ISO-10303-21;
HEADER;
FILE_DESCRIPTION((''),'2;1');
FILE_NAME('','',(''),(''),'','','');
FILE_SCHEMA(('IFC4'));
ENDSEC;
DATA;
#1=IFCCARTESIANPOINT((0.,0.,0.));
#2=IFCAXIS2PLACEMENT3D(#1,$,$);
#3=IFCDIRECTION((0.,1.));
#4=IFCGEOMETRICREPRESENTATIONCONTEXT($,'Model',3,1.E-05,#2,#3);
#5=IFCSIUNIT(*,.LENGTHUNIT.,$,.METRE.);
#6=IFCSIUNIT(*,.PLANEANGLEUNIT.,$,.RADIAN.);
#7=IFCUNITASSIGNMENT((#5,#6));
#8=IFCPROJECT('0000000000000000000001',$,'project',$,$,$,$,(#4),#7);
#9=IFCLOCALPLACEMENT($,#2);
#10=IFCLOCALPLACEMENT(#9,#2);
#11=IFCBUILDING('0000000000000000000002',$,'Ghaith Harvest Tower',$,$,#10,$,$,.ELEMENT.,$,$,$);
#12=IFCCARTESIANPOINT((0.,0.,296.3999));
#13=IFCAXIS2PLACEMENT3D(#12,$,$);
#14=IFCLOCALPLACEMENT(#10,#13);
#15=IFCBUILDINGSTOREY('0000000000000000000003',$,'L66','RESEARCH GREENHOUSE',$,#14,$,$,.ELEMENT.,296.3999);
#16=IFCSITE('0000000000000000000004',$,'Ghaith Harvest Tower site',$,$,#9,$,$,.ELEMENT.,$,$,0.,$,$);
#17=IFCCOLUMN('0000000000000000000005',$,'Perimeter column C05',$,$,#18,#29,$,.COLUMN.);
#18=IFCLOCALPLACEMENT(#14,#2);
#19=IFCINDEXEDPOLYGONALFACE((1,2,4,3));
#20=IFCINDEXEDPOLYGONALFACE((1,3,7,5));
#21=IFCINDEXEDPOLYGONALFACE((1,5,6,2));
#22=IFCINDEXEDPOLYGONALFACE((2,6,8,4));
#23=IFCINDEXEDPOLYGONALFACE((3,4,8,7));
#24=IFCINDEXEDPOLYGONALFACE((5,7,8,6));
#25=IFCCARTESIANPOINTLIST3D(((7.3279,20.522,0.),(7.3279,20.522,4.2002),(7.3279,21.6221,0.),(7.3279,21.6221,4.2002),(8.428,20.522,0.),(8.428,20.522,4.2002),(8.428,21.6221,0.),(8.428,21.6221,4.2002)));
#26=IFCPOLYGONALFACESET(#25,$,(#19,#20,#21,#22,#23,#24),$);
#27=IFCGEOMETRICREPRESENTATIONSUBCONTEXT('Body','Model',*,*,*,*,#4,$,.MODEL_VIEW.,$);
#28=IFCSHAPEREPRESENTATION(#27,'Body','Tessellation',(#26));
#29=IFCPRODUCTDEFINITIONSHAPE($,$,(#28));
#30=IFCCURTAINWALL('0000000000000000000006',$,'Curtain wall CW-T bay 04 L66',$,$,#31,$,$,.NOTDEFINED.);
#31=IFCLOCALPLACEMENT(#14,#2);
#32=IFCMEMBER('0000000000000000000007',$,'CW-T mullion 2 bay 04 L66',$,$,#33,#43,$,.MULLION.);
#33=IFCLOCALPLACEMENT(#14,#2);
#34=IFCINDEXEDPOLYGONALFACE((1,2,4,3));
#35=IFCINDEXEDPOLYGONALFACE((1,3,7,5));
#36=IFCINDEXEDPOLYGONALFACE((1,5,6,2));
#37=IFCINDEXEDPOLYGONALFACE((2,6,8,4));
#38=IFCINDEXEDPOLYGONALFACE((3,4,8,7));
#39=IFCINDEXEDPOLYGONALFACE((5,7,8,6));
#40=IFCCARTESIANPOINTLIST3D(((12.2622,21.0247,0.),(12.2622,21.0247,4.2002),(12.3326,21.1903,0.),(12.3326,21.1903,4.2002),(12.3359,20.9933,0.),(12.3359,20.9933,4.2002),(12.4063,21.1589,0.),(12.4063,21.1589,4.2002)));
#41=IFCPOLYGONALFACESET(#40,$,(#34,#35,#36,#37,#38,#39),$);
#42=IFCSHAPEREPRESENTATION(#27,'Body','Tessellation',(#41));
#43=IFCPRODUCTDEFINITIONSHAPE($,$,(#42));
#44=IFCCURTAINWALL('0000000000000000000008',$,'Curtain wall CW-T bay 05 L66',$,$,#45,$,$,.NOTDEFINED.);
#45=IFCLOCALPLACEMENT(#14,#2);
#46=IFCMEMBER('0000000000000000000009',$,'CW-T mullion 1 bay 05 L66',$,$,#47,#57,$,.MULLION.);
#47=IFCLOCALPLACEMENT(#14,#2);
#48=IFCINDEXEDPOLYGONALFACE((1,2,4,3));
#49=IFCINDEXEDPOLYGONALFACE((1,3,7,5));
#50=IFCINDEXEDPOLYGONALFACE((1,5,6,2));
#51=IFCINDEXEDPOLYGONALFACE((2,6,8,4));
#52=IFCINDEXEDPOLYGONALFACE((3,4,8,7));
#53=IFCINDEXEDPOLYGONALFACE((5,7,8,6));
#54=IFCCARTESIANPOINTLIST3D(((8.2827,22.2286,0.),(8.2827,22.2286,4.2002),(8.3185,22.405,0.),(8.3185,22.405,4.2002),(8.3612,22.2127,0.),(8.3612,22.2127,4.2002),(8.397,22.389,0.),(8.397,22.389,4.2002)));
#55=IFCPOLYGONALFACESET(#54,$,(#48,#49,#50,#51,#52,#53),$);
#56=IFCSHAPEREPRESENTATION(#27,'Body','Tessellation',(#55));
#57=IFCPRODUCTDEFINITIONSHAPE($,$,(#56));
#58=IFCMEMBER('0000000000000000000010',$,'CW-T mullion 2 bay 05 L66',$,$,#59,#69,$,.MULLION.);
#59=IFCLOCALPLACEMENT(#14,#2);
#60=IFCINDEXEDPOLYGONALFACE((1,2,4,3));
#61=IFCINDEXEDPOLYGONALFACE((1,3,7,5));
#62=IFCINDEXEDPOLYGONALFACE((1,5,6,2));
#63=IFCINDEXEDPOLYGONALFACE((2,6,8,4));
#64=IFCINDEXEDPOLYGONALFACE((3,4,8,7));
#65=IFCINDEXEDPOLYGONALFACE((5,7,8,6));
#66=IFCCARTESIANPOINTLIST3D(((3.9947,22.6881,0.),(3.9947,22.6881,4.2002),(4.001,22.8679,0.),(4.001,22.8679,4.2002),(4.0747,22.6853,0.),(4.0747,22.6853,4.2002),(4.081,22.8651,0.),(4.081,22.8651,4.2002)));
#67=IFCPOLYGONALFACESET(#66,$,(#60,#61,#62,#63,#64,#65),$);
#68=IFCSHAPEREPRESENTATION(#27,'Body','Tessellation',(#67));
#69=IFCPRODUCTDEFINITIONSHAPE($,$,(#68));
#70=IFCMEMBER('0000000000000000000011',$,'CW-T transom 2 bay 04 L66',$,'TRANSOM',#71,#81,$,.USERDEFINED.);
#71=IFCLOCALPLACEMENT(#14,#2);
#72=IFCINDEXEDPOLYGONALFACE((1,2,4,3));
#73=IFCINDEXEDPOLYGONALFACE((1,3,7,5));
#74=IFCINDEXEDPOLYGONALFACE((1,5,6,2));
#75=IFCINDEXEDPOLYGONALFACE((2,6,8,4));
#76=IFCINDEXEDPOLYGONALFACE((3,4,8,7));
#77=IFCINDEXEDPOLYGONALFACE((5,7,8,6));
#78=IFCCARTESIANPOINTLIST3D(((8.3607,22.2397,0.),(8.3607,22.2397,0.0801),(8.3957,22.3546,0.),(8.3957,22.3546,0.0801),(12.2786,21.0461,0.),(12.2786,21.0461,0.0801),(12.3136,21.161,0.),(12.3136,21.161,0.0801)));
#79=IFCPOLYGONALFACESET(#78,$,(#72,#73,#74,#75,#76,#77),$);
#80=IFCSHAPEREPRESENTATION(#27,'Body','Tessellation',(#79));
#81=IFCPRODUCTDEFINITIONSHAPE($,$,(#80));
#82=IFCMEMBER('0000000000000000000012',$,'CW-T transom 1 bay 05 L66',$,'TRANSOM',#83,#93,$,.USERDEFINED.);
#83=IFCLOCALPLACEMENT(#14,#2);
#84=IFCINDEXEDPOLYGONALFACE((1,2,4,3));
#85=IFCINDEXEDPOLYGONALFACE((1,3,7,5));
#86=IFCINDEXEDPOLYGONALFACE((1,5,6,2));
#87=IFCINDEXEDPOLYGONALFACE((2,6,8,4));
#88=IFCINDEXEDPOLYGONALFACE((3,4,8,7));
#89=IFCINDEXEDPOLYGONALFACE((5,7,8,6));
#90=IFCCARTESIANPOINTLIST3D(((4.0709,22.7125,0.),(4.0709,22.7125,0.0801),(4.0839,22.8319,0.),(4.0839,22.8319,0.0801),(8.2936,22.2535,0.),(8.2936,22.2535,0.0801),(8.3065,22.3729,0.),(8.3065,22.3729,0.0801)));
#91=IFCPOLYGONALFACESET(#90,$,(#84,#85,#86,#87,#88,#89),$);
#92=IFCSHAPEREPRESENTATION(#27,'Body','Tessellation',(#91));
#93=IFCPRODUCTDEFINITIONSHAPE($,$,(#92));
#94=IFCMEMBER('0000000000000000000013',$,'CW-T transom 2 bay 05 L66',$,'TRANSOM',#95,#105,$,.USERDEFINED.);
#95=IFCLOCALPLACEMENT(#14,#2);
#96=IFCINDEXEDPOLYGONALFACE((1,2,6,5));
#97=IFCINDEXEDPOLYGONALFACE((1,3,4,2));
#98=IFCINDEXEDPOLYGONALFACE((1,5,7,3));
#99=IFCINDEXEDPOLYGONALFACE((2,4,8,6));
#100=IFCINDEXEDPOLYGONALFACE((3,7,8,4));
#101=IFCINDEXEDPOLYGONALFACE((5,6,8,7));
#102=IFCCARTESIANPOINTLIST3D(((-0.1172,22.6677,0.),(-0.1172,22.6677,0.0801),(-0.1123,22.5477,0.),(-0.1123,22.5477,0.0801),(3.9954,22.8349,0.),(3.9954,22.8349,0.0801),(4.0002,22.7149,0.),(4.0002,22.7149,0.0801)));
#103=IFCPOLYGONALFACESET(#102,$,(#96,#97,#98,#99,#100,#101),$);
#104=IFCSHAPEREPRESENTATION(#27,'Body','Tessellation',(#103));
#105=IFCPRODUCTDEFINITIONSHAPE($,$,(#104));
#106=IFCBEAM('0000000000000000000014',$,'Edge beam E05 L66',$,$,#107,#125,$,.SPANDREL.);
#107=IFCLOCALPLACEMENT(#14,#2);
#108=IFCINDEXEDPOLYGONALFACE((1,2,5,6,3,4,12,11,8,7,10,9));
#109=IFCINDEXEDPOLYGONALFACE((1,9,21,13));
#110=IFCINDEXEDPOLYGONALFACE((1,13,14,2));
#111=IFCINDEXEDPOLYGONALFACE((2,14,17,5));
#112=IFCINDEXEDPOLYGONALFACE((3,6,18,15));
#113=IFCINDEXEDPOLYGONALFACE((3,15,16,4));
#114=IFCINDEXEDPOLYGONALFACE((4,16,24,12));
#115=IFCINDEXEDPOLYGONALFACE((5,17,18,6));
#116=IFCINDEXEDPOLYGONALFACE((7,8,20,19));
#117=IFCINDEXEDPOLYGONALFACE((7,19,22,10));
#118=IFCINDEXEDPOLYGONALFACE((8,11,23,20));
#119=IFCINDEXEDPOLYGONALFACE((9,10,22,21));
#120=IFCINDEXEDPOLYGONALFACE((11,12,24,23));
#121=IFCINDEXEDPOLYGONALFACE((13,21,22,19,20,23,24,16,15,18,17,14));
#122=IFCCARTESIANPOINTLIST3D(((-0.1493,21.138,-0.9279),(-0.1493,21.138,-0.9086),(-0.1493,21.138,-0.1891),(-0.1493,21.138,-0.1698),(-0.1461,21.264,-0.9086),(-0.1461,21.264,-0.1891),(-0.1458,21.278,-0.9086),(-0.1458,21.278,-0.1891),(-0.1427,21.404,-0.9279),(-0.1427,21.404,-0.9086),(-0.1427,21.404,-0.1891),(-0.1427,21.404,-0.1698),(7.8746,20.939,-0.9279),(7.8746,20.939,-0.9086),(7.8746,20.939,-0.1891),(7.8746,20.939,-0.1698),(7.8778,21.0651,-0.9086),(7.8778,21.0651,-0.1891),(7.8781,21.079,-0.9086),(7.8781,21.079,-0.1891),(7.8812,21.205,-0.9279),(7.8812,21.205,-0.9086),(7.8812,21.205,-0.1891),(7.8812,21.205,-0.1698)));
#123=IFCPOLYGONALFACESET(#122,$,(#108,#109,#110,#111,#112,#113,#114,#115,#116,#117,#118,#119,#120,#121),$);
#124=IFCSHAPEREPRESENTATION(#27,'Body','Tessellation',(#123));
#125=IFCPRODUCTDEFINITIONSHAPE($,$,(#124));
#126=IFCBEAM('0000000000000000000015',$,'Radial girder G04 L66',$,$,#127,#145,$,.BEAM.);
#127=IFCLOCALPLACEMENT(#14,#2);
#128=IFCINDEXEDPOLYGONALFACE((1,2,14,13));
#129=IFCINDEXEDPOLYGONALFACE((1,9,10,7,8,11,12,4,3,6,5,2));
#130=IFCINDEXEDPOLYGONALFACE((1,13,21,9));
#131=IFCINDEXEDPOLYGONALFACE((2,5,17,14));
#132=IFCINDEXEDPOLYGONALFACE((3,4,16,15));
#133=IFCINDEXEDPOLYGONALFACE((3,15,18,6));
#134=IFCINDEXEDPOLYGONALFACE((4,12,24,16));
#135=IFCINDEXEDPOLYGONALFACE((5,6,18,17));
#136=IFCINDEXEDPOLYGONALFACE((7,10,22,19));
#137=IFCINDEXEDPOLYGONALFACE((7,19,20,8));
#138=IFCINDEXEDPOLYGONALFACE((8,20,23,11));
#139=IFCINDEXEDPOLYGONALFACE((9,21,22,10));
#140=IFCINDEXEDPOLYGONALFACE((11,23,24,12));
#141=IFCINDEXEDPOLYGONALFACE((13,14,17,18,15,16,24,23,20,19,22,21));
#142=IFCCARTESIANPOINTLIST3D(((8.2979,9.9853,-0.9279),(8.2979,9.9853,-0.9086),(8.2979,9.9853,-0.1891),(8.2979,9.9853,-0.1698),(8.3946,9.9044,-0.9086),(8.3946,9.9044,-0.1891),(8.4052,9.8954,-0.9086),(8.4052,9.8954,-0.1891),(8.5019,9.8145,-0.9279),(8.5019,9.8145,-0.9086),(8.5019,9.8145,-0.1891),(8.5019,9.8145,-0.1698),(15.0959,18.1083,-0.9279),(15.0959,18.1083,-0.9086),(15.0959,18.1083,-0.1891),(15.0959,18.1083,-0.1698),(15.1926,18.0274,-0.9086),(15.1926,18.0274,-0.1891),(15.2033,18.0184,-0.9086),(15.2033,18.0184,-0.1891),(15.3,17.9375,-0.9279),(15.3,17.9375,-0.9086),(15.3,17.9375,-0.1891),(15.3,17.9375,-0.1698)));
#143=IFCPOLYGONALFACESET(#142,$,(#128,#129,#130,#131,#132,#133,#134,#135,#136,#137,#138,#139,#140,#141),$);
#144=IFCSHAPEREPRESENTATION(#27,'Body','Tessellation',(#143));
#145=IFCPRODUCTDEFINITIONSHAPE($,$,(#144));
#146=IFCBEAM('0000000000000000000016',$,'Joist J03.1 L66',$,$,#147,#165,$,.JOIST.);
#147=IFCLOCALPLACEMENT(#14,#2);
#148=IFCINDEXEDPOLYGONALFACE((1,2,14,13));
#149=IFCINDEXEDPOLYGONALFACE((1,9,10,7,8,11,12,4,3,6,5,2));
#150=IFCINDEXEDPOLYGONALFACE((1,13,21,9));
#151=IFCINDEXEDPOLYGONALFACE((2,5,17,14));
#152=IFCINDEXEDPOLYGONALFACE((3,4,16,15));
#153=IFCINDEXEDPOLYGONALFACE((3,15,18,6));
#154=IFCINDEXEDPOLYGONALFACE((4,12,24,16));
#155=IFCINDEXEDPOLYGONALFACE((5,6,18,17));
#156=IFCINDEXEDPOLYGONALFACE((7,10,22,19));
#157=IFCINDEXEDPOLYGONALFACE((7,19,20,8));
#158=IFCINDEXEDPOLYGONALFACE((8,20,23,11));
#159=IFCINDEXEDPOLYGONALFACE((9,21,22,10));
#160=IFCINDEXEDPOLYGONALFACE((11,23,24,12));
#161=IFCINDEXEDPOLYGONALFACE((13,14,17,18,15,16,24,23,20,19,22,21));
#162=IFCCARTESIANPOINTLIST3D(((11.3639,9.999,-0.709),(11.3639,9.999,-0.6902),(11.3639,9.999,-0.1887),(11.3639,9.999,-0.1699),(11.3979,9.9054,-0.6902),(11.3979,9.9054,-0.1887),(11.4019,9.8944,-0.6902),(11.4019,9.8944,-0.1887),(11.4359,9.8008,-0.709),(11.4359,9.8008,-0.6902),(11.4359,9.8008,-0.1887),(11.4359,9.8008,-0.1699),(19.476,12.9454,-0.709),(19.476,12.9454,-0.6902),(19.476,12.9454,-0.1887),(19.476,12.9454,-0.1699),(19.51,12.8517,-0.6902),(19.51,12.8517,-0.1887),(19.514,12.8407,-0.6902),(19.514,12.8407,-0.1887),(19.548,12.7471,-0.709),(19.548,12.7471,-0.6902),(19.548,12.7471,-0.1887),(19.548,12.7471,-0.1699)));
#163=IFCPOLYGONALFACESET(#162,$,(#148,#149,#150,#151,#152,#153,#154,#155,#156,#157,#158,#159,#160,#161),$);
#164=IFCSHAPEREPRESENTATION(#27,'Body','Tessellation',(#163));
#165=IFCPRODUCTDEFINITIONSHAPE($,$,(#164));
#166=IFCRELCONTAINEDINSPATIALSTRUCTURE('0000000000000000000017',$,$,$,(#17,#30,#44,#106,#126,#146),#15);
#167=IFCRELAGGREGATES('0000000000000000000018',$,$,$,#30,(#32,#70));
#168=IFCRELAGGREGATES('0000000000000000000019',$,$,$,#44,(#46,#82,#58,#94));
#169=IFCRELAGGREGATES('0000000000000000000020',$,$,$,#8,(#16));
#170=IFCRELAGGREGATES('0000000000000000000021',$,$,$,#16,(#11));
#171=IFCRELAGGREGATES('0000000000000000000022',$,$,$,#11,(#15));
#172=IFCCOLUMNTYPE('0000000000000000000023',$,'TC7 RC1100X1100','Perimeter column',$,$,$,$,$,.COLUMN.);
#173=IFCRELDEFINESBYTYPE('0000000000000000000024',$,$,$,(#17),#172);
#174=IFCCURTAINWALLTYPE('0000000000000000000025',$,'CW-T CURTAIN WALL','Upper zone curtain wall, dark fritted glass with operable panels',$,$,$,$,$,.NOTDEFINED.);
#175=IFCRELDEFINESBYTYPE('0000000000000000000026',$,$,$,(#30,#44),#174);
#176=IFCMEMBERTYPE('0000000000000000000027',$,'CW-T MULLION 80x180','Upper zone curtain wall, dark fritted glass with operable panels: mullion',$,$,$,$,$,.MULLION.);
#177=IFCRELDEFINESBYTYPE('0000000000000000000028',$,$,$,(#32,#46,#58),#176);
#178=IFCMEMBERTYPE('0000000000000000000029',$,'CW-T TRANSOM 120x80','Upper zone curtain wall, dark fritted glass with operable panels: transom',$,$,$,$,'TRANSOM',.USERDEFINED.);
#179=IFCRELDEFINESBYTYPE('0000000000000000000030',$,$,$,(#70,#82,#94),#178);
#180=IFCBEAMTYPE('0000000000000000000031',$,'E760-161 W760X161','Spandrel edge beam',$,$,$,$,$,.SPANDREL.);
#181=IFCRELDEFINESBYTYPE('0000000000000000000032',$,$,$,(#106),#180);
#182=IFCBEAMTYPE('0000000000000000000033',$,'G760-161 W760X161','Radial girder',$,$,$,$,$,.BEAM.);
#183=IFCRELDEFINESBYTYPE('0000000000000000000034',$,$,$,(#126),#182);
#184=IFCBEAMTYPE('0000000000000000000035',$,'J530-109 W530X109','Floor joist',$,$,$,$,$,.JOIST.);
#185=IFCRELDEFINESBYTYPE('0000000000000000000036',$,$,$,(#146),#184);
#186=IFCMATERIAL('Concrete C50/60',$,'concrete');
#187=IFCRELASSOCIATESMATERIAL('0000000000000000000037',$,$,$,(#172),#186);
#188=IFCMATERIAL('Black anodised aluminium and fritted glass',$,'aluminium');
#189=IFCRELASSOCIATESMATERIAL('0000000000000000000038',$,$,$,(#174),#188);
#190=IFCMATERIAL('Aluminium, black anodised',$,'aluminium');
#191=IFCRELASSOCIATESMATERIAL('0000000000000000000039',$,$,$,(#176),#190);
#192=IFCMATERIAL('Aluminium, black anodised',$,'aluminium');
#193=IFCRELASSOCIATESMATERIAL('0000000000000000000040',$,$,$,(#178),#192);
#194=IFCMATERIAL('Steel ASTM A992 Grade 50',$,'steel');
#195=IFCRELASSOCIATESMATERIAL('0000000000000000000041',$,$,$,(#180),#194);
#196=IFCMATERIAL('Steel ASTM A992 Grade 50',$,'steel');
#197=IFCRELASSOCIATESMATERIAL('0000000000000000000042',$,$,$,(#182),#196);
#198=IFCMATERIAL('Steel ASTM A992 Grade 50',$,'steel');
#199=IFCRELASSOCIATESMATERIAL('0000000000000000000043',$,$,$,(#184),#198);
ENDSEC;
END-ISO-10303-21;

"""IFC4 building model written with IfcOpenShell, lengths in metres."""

from ifc_helpers import new_model, si_unit, direction, frame, origin, origin_2d, place, context, subcontext, project, spatial, rectangle, i_section, extrude, material, material_profile, profile_set, type_object, element, aggregate, save


model = new_model("IFC4")

# Units and contexts
model_context = context("Model", 3, precision=1e-05, world=origin(), true_north=direction((0.0, 1.0)))
body_context = subcontext(model_context, "Body", "Model", "MODEL_VIEW")
ifc_project = project(units=[si_unit("LENGTHUNIT", "METRE"), si_unit("PLANEANGLEUNIT", "RADIAN")], contexts=[model_context])

# Site, building, storey
site_placement = place(None, origin())
site = spatial("IfcSite", under=ifc_project, at=site_placement, Name="Ghaith Harvest Tower site", CompositionType="ELEMENT", RefElevation=0.0)
building_placement = place(site_placement, origin())
building = spatial("IfcBuilding", under=site, at=building_placement, Name="Ghaith Harvest Tower", CompositionType="ELEMENT")
storey_placement = place(building_placement, frame((0.0, 0.0, 296.3999)))
storey = spatial("IfcBuildingStorey", under=building, at=storey_placement, Name="L66", Description="RESEARCH GREENHOUSE", CompositionType="ELEMENT", Elevation=296.3999)

# Column
ifc_material_1 = material(Name="Concrete C50/60", Category="concrete")
ifc_material_profile_1 = material_profile(ifc_material_1, rectangle(XDim=1.1001, YDim=1.1001, at=origin_2d()), Name="RC1100X1100")
ifc_profile_set_1 = profile_set([ifc_material_profile_1], Name="Concrete C50/60")
column_type = type_object("IfcColumnType", Name="TC7 RC1100X1100", Description="Perimeter column", PredefinedType="COLUMN", material=ifc_profile_set_1)
column_placement = place(storey_placement, frame((7.8779, 21.072, 0.0), z_axis=(0.0, 0.0, 1.0), x_axis=(1.0, 0.0, 0.0)))
element("IfcColumn", 1, at=column_placement, inside=storey, type_object=column_type, Name="Perimeter column C05", PredefinedType="COLUMN", context=body_context, shape_type="SweptSolid", body=[
    extrude(rectangle(XDim=1.1001, YDim=1.1001, at=origin_2d()), origin(), (0.0, 0.0, 1.0), 4.2002),
])

# Curtain wall, member
ifc_material_2 = material(Name="Black anodised aluminium and fritted glass", Category="aluminium")
curtain_wall_type = type_object("IfcCurtainWallType", Name="CW-T CURTAIN WALL", Description="Upper zone curtain wall, dark fritted glass with operable panels", PredefinedType="NOTDEFINED", material=ifc_material_2)
curtain_wall_1_placement = place(storey_placement, origin())
curtain_wall_1 = element("IfcCurtainWall", 2, at=curtain_wall_1_placement, inside=storey, type_object=curtain_wall_type, Name="Curtain wall CW-T bay 04 L66", PredefinedType="NOTDEFINED")
ifc_material_3 = material(Name="Aluminium, black anodised", Category="aluminium")
ifc_material_profile_2 = material_profile(ifc_material_3, rectangle(XDim=0.0801, YDim=0.1799, at=origin_2d()), Name="CW-T MULLION 80x180")
ifc_profile_set_2 = profile_set([ifc_material_profile_2], Name="Aluminium, black anodised")
member_type_1 = type_object("IfcMemberType", Name="CW-T MULLION 80x180", Description="Upper zone curtain wall, dark fritted glass with operable panels: mullion", PredefinedType="MULLION", material=ifc_profile_set_2)
member_1_placement = place(storey_placement, frame((12.3342, 21.0918, 0.0), z_axis=(0.0, 0.0, 1.0), x_axis=(-0.920319, 0.391168, 0.0)))
member_1 = element("IfcMember", 3, at=member_1_placement, type_object=member_type_1, Name="CW-T mullion 2 bay 04 L66", PredefinedType="MULLION", context=body_context, shape_type="SweptSolid", body=[
    extrude(rectangle(XDim=0.0801, YDim=0.1799, at=origin_2d()), origin(), (0.0, 0.0, 1.0), 4.2002),
])

# Curtain wall, members
curtain_wall_2_placement = place(storey_placement, origin())
curtain_wall_2 = element("IfcCurtainWall", 4, at=curtain_wall_2_placement, inside=storey, type_object=curtain_wall_type, Name="Curtain wall CW-T bay 05 L66", PredefinedType="NOTDEFINED")
member_2_placement = place(storey_placement, frame((8.3398, 22.3088, 0.0), z_axis=(0.0, 0.0, 1.0), x_axis=(-0.98, 0.198997, 0.0)))
member_2 = element("IfcMember", 5, at=member_2_placement, type_object=member_type_1, Name="CW-T mullion 1 bay 05 L66", PredefinedType="MULLION", context=body_context, shape_type="SweptSolid", body=[
    extrude(rectangle(XDim=0.0801, YDim=0.1799, at=origin_2d()), origin(), (0.0, 0.0, 1.0), 4.2002),
])
member_3_placement = place(storey_placement, frame((4.0378, 22.7766, 0.0), z_axis=(0.0, 0.0, 1.0), x_axis=(-0.999389, 0.034962, 0.0)))
member_3 = element("IfcMember", 6, at=member_3_placement, type_object=member_type_1, Name="CW-T mullion 2 bay 05 L66", PredefinedType="MULLION", context=body_context, shape_type="SweptSolid", body=[
    extrude(rectangle(XDim=0.0801, YDim=0.1799, at=origin_2d()), origin(), (0.0, 0.0, 1.0), 4.2002),
])

# Members
ifc_material_4 = material(Name="Aluminium, black anodised", Category="aluminium")
ifc_material_profile_3 = material_profile(ifc_material_4, rectangle(XDim=0.1201, YDim=0.0801, at=origin_2d()), Name="CW-T TRANSOM 120x80")
ifc_profile_set_3 = profile_set([ifc_material_profile_3], Name="Aluminium, black anodised")
member_type_2 = type_object("IfcMemberType", Name="CW-T TRANSOM 120x80", Description="Upper zone curtain wall, dark fritted glass with operable panels: transom", ElementType="TRANSOM", PredefinedType="USERDEFINED", material=ifc_profile_set_3)
member_4_placement = place(storey_placement, frame((12.2961, 21.1035, 0.04), z_axis=(-0.956594, 0.291425, 0.0), x_axis=(-0.291425, -0.956594, 0.0)))
member_4 = element("IfcMember", 7, at=member_4_placement, type_object=member_type_2, Name="CW-T transom 2 bay 04 L66", ObjectType="TRANSOM", PredefinedType="USERDEFINED", context=body_context, shape_type="SweptSolid", body=[
    extrude(rectangle(XDim=0.1201, YDim=0.0801, at=origin_2d()), origin(), (0.0, 0.0, 1.0), 4.0957),
])
member_5_placement = place(storey_placement, frame((8.3, 22.3132, 0.04), z_axis=(-0.994144, 0.108059, 0.0), x_axis=(-0.108059, -0.994144, 0.0)))
member_5 = element("IfcMember", 8, at=member_5_placement, type_object=member_type_2, Name="CW-T transom 1 bay 05 L66", ObjectType="TRANSOM", PredefinedType="USERDEFINED", context=body_context, shape_type="SweptSolid", body=[
    extrude(rectangle(XDim=0.1201, YDim=0.0801, at=origin_2d()), origin(), (0.0, 0.0, 1.0), 4.2476),
])
member_6_placement = place(storey_placement, frame((3.9978, 22.7749, 0.04), z_axis=(-0.999174, -0.040631, 0.0), x_axis=(0.040631, -0.999174, 0.0)))
member_6 = element("IfcMember", 9, at=member_6_placement, type_object=member_type_2, Name="CW-T transom 2 bay 05 L66", ObjectType="TRANSOM", PredefinedType="USERDEFINED", context=body_context, shape_type="SweptSolid", body=[
    extrude(rectangle(XDim=0.1201, YDim=0.0801, at=origin_2d()), origin(), (0.0, 0.0, 1.0), 4.116),
])

# Beams
ifc_material_5 = material(Name="Steel ASTM A992 Grade 50", Category="steel")
ifc_material_profile_4 = material_profile(ifc_material_5, i_section(OverallWidth=0.2661, OverallDepth=0.7581, WebThickness=0.0139, FlangeThickness=0.0193, at=origin_2d()), Name="W760X161")
ifc_profile_set_4 = profile_set([ifc_material_profile_4], Name="Steel ASTM A992 Grade 50")
beam_type_1 = type_object("IfcBeamType", Name="E760-161 W760X161", Description="Spandrel edge beam", PredefinedType="SPANDREL", material=ifc_profile_set_4)
beam_1_placement = place(storey_placement, frame((7.8779, 21.072, -0.5488), z_axis=(-0.999693, 0.02479, 0.0), x_axis=(-0.02479, -0.999693, 0.0)))
element("IfcBeam", 10, at=beam_1_placement, inside=storey, type_object=beam_type_1, Name="Edge beam E05 L66", PredefinedType="SPANDREL", context=body_context, shape_type="SweptSolid", body=[
    extrude(i_section(OverallWidth=0.2661, OverallDepth=0.7581, WebThickness=0.0139, FlangeThickness=0.0193, at=origin_2d()), origin(), (0.0, 0.0, 1.0), 8.0264),
])
ifc_material_6 = material(Name="Steel ASTM A992 Grade 50", Category="steel")
ifc_material_profile_5 = material_profile(ifc_material_6, i_section(OverallWidth=0.2661, OverallDepth=0.7581, WebThickness=0.0139, FlangeThickness=0.0193, at=origin_2d()), Name="W760X161")
ifc_profile_set_5 = profile_set([ifc_material_profile_5], Name="Steel ASTM A992 Grade 50")
beam_type_2 = type_object("IfcBeamType", Name="G760-161 W760X161", Description="Radial girder", PredefinedType="BEAM", material=ifc_profile_set_5)
beam_2_placement = place(storey_placement, frame((8.3999, 9.8999, -0.5488), z_axis=(0.641793, 0.766878, 0.0), x_axis=(-0.766878, 0.641793, 0.0)))
element("IfcBeam", 11, at=beam_2_placement, inside=storey, type_object=beam_type_2, Name="Radial girder G04 L66", PredefinedType="BEAM", context=body_context, shape_type="SweptSolid", body=[
    extrude(i_section(OverallWidth=0.2661, OverallDepth=0.7581, WebThickness=0.0139, FlangeThickness=0.0193, at=origin_2d()), origin(), (0.0, 0.0, 1.0), 10.5923),
])
ifc_material_7 = material(Name="Steel ASTM A992 Grade 50", Category="steel")
ifc_material_profile_6 = material_profile(ifc_material_7, i_section(OverallWidth=0.2109, OverallDepth=0.5391, WebThickness=0.0117, FlangeThickness=0.0188, at=origin_2d()), Name="W530X109")
ifc_profile_set_6 = profile_set([ifc_material_profile_6], Name="Steel ASTM A992 Grade 50")
beam_type_3 = type_object("IfcBeamType", Name="J530-109 W530X109", Description="Floor joist", PredefinedType="JOIST", material=ifc_profile_set_6)
beam_3_placement = place(storey_placement, frame((11.3999, 9.8999, -0.4395), z_axis=(0.939926, 0.34138, 0.0), x_axis=(-0.34138, 0.939926, 0.0)))
element("IfcBeam", 12, at=beam_3_placement, inside=storey, type_object=beam_type_3, Name="Joist J03.1 L66", PredefinedType="JOIST", context=body_context, shape_type="SweptSolid", body=[
    extrude(i_section(OverallWidth=0.2109, OverallDepth=0.5391, WebThickness=0.0117, FlangeThickness=0.0188, at=origin_2d()), origin(), (0.0, 0.0, 1.0), 8.6306),
])

aggregate(curtain_wall_1, [member_1, member_4])
aggregate(curtain_wall_2, [member_2, member_5, member_3, member_6])

save(model, "model.ifc")
